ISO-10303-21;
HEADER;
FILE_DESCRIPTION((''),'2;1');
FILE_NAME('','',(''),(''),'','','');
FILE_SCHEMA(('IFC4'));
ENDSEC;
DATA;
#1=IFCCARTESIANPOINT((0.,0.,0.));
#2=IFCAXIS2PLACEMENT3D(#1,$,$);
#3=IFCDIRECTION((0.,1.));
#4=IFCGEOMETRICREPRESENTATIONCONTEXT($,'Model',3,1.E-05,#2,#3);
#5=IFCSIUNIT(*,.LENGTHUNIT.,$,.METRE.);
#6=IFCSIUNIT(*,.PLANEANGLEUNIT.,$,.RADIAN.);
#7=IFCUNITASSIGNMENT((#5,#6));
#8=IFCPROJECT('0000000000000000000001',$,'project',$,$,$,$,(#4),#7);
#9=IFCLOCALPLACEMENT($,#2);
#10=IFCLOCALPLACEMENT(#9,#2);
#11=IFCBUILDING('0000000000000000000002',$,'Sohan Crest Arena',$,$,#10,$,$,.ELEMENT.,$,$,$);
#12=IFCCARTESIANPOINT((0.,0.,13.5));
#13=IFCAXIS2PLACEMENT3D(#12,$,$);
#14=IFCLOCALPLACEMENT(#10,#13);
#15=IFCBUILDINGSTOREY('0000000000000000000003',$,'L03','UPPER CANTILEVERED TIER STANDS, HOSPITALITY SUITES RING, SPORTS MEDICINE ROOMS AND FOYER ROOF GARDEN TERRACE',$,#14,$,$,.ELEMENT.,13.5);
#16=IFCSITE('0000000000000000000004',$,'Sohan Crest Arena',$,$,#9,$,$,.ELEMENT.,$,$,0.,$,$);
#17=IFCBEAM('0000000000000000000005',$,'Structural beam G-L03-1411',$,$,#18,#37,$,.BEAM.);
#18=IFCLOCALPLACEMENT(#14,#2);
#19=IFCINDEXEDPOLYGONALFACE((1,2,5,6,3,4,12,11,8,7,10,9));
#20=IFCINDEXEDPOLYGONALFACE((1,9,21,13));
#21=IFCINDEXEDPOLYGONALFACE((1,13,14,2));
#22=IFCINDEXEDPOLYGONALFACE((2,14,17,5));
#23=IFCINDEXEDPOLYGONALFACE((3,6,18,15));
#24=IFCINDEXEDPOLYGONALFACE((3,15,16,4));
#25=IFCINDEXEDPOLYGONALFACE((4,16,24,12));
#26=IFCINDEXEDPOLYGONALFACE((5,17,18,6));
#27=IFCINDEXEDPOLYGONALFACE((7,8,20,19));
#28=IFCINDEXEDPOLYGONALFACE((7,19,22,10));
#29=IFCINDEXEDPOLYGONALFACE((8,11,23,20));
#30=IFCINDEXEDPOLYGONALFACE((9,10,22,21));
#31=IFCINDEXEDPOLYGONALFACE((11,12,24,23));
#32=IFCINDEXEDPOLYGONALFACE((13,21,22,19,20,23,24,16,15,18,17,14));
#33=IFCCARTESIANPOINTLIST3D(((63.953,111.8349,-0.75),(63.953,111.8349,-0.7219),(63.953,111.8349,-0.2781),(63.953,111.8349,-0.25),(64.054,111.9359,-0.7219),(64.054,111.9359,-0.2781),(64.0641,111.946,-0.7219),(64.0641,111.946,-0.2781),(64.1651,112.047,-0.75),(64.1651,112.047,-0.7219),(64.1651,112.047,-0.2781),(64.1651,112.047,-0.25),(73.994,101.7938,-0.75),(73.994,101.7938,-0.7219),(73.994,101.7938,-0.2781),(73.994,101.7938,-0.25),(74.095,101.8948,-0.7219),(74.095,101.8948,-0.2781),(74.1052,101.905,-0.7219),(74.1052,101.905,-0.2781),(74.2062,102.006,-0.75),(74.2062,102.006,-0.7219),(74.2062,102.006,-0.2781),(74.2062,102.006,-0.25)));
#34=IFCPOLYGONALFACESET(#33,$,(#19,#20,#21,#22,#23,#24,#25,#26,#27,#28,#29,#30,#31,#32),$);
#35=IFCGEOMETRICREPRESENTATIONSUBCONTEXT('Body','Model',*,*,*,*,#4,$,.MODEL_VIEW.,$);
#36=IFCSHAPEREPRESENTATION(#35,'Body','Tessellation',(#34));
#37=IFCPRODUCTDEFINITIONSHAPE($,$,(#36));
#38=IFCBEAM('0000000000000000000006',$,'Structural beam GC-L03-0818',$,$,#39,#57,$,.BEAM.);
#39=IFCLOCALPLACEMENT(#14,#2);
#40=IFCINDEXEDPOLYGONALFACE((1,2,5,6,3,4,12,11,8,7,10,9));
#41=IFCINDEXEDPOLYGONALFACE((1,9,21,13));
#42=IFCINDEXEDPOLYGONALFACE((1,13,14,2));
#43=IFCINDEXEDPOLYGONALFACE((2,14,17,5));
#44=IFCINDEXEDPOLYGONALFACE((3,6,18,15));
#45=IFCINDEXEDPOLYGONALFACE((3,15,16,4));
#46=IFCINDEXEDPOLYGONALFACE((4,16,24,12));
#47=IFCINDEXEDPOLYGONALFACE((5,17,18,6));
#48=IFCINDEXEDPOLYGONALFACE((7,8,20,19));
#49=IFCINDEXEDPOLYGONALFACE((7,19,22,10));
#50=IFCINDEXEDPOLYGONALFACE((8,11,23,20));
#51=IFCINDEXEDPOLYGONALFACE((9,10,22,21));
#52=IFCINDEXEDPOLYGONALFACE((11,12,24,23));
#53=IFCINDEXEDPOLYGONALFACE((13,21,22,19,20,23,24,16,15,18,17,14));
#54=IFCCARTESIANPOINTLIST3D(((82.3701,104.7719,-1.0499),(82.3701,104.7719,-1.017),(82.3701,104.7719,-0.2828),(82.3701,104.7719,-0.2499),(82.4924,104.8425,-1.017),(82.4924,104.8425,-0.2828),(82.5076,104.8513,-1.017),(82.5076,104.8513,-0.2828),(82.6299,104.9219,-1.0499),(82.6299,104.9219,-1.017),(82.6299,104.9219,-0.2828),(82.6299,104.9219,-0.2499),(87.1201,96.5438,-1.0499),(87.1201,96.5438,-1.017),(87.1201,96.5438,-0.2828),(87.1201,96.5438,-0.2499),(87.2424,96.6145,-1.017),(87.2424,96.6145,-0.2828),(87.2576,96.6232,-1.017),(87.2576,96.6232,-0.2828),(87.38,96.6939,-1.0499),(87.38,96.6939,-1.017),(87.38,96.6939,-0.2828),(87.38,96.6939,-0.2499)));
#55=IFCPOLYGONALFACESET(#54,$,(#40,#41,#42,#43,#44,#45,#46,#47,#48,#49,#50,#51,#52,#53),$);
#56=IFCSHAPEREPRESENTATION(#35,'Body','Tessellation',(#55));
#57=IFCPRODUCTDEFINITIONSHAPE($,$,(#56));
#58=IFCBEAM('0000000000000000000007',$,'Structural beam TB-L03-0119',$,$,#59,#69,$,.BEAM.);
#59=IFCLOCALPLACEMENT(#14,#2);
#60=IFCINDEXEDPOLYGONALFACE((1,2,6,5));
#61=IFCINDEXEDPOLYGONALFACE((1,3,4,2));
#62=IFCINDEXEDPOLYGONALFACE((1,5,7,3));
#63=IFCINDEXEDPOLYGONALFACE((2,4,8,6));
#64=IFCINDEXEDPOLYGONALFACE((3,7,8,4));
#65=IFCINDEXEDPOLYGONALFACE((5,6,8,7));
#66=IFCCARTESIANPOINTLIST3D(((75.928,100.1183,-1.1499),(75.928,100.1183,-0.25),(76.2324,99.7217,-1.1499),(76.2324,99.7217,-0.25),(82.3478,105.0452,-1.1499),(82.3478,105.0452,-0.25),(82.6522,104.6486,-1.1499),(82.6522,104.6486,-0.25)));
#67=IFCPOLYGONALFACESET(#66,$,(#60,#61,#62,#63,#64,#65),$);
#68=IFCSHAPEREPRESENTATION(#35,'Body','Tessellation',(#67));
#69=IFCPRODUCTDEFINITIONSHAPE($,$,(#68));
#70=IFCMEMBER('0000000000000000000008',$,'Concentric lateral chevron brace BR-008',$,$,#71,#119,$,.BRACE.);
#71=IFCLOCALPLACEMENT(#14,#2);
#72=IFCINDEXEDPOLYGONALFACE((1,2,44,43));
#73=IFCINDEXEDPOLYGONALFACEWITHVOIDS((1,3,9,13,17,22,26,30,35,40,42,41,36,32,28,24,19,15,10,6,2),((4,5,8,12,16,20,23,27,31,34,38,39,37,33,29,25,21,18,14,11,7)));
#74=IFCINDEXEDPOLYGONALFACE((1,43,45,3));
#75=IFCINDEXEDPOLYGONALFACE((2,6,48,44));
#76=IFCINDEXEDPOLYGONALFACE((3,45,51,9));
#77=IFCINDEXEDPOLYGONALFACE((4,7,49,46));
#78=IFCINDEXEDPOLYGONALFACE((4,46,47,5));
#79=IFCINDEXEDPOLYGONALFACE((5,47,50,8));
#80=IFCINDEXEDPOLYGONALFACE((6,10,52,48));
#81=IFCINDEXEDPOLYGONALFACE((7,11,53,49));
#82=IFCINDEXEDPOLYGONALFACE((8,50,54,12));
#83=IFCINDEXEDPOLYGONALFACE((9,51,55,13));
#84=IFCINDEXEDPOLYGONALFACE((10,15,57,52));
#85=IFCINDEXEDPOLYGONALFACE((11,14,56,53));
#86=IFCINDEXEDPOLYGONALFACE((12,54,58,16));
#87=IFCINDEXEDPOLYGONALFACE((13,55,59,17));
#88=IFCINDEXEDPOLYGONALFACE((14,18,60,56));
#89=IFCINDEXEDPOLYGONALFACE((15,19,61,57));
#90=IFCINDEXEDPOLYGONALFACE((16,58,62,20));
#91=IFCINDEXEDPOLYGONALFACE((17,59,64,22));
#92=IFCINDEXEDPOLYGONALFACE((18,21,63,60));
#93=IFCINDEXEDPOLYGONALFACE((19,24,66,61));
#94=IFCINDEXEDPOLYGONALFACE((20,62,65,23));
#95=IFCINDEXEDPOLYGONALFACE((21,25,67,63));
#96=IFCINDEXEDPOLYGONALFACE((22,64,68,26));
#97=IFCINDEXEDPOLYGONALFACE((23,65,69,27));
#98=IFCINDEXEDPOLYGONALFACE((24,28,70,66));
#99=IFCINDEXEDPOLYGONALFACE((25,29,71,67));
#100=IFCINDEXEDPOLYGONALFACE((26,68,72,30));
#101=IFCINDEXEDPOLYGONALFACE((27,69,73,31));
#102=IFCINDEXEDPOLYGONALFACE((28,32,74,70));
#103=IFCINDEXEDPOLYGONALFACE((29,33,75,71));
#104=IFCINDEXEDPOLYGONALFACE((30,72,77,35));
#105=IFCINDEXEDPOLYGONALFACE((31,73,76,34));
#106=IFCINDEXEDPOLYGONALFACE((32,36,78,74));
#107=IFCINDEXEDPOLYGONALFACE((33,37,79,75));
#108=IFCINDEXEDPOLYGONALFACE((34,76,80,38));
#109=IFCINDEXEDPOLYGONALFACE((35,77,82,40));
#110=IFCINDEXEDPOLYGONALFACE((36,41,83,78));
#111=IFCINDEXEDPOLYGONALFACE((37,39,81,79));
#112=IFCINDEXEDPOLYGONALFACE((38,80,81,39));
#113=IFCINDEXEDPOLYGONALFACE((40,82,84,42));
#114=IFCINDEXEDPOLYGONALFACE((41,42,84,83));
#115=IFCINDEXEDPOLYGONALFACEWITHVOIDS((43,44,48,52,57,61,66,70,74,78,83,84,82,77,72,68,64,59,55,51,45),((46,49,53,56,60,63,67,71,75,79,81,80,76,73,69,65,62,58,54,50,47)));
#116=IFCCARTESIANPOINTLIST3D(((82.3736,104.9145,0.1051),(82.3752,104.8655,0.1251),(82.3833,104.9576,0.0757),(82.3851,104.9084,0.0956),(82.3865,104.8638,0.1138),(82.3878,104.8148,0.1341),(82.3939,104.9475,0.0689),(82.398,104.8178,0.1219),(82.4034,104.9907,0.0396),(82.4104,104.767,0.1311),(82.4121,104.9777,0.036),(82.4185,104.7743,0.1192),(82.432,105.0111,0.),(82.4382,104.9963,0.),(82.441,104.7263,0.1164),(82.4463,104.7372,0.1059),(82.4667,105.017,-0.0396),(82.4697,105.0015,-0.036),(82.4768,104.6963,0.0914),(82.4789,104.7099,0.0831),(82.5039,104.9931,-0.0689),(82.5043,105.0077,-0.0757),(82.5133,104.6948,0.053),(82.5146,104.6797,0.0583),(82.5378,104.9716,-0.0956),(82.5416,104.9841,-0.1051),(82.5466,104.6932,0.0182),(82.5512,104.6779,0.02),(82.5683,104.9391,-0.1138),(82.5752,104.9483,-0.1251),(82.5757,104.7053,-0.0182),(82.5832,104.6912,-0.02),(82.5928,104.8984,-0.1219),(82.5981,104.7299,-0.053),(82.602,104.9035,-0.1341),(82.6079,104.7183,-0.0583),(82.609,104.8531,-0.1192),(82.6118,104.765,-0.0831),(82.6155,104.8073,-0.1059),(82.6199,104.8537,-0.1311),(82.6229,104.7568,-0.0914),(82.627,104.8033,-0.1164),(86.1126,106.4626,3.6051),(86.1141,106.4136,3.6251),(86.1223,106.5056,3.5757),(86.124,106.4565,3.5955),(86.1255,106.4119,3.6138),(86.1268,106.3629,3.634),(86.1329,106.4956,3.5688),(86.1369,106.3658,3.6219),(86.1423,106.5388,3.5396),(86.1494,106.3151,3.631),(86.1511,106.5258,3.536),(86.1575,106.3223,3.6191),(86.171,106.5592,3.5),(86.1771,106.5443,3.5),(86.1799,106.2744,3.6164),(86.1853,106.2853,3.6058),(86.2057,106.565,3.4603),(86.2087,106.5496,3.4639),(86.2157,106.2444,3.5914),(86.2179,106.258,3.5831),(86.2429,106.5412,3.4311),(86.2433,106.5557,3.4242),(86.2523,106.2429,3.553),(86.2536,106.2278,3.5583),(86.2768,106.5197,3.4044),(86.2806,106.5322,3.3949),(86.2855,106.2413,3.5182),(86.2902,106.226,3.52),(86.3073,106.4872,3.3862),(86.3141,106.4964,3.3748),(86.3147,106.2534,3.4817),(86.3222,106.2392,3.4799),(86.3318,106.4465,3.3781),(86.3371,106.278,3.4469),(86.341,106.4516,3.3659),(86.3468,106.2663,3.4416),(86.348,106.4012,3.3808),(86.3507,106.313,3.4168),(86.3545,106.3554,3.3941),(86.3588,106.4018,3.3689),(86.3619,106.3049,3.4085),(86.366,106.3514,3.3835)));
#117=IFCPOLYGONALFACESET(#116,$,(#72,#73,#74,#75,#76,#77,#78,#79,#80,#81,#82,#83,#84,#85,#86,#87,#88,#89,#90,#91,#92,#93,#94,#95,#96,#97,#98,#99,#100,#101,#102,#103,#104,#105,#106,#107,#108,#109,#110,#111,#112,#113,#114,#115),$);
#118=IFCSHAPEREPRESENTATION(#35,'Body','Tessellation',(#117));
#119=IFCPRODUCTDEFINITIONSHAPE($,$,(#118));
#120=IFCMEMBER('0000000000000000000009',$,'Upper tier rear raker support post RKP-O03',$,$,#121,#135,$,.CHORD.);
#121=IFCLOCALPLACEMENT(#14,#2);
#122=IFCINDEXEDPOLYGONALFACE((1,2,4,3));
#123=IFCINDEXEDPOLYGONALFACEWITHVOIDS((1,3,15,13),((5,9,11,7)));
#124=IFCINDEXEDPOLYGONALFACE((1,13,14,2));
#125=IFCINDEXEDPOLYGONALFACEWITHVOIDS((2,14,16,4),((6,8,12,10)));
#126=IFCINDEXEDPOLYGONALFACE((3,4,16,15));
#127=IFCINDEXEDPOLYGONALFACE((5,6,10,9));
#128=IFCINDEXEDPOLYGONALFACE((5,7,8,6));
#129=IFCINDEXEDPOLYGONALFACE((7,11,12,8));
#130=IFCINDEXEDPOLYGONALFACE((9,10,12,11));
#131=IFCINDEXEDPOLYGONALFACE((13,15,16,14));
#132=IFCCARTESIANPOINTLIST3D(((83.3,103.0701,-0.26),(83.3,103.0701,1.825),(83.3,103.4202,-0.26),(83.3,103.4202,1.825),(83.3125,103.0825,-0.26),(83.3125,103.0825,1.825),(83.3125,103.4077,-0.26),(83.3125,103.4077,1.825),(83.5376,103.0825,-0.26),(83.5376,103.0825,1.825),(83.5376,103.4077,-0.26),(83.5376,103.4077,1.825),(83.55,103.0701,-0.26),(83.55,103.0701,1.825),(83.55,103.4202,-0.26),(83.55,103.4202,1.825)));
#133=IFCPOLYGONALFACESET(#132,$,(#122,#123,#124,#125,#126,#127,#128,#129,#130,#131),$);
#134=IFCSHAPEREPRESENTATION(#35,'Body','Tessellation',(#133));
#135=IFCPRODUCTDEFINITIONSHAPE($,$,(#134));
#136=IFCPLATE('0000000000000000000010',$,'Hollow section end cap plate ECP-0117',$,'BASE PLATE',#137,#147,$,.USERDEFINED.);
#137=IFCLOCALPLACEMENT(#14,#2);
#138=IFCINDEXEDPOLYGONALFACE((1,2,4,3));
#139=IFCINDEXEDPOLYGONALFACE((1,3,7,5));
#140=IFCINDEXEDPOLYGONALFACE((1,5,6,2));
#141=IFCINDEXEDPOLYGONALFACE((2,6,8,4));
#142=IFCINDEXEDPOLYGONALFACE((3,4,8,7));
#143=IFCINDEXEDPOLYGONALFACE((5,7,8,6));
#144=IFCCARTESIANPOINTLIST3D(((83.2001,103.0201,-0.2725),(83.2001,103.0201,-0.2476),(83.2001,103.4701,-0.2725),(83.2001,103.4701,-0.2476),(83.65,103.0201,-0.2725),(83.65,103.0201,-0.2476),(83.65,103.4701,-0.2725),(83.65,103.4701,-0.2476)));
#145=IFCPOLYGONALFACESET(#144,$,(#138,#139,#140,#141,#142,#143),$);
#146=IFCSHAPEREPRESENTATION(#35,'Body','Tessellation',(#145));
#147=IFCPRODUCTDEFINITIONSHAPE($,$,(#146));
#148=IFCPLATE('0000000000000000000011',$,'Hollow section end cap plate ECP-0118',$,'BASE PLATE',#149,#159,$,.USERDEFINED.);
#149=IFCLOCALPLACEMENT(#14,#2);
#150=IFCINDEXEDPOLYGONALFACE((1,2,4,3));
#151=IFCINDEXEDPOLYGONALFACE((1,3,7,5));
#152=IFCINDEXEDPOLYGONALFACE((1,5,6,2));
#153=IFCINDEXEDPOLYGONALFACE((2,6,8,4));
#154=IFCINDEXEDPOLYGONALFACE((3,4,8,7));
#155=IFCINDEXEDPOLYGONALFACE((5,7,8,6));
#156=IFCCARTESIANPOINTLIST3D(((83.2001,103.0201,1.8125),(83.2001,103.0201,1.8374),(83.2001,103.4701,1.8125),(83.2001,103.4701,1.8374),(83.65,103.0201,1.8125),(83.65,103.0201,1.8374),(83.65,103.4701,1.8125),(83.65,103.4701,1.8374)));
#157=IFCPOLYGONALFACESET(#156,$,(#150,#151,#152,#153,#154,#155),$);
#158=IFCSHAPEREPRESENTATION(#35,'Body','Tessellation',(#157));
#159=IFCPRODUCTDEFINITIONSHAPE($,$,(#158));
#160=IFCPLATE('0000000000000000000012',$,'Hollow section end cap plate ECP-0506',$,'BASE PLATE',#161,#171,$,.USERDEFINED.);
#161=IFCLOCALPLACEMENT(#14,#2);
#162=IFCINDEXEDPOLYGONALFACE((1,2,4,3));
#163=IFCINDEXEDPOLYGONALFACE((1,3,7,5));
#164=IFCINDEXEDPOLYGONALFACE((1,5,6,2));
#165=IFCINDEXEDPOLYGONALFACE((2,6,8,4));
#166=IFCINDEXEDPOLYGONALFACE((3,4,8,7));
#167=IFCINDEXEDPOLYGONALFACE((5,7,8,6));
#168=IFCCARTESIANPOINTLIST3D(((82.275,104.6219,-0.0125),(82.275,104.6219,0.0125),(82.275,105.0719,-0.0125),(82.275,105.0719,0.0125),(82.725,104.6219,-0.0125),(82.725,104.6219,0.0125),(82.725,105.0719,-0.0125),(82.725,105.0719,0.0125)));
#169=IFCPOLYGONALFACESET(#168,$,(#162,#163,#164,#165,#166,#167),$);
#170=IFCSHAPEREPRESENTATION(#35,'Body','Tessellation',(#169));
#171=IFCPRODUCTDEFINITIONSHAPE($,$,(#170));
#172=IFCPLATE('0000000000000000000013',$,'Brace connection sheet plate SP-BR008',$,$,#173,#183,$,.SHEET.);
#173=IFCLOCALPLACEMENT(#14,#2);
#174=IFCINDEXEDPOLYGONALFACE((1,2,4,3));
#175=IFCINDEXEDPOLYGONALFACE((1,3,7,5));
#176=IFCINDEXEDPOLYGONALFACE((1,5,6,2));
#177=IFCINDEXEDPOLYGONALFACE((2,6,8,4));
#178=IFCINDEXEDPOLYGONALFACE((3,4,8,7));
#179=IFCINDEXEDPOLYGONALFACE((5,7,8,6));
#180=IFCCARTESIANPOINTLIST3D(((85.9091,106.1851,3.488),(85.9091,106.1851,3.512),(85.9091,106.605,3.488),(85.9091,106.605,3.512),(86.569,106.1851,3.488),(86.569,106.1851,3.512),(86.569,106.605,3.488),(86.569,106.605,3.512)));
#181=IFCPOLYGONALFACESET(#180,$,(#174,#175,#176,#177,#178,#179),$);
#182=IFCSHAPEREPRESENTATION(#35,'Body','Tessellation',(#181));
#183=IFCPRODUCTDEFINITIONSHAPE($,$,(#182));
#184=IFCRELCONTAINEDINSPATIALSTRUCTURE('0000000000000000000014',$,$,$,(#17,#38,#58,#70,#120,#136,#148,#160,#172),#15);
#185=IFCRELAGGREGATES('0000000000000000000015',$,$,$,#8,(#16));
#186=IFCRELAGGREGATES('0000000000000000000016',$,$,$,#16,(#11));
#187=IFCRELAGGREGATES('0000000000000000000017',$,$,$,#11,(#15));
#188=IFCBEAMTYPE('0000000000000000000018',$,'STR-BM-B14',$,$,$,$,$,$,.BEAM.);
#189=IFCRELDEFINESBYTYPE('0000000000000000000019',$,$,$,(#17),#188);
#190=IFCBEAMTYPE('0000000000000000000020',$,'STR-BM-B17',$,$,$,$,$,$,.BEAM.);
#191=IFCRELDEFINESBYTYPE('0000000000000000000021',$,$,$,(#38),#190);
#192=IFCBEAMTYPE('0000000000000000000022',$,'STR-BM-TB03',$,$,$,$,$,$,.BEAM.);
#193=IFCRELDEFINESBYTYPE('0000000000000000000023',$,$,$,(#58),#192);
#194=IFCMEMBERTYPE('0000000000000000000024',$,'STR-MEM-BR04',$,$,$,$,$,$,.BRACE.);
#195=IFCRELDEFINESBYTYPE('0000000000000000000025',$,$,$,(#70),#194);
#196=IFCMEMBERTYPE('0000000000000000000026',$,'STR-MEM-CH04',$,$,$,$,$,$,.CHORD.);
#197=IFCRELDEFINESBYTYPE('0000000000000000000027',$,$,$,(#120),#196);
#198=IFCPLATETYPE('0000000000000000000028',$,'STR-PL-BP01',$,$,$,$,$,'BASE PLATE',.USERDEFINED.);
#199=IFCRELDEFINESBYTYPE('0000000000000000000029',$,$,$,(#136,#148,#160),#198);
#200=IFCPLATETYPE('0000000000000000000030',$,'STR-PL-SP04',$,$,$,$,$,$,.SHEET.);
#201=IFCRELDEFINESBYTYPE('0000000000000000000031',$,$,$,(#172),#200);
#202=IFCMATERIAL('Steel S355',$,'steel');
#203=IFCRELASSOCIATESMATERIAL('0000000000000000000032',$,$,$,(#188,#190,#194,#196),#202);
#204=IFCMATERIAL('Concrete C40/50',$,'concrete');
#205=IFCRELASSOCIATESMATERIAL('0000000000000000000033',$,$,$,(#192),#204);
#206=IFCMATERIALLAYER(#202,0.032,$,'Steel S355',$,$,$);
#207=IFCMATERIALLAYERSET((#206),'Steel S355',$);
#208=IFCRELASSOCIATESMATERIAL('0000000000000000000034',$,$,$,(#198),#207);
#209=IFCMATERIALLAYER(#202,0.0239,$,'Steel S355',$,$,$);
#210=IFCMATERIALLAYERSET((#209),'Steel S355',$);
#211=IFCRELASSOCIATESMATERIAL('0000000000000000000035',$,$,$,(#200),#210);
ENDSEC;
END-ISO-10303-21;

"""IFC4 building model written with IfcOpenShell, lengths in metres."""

from ifc_helpers import new_model, si_unit, direction, frame, origin, origin_2d, place, context, subcontext, project, spatial, rectangle, hollow_rectangle, hollow_circle, i_section, extrude, material, layer, layer_set, material_profile, profile_set, type_object, element, save


model = new_model("IFC4")

# Units and contexts
model_context = context("Model", 3, precision=1e-05, world=origin(), true_north=direction((0.0, 1.0)))
body_context = subcontext(model_context, "Body", "Model", "MODEL_VIEW")
ifc_project = project(units=[si_unit("LENGTHUNIT", "METRE"), si_unit("PLANEANGLEUNIT", "RADIAN")], contexts=[model_context])

# Site, building, storey
site_placement = place(None, origin())
site = spatial("IfcSite", under=ifc_project, at=site_placement, Name="Sohan Crest Arena", CompositionType="ELEMENT", RefElevation=0.0)
building_placement = place(site_placement, origin())
building = spatial("IfcBuilding", under=site, at=building_placement, Name="Sohan Crest Arena", CompositionType="ELEMENT")
storey_placement = place(building_placement, frame((0.0, 0.0, 13.5)))
storey = spatial("IfcBuildingStorey", under=building, at=storey_placement, Name="L03", Description="UPPER CANTILEVERED TIER STANDS, HOSPITALITY SUITES RING, SPORTS MEDICINE ROOMS AND FOYER ROOF GARDEN TERRACE", CompositionType="ELEMENT", Elevation=13.5)

# Shared definitions
ifc_material_1 = material(Name="Concrete C40/50", Category="concrete")
ifc_material_2 = material(Name="Steel S355", Category="steel")

# Beams
ifc_material_profile_1 = material_profile(ifc_material_2, i_section(OverallWidth=0.3, OverallDepth=0.5, WebThickness=0.0144, FlangeThickness=0.0281, at=origin_2d()), Name="HEB 500")
ifc_profile_set_1 = profile_set([ifc_material_profile_1], Name="Steel S355")
beam_type_1 = type_object("IfcBeamType", Name="STR-BM-B14", PredefinedType="BEAM", material=ifc_profile_set_1)
beam_1_placement = place(storey_placement, frame((74.1001, 101.8999, -0.5), z_axis=(-0.707107, 0.707107, 0.0), x_axis=(-0.707107, -0.707107, 0.0)))
element("IfcBeam", 1, at=beam_1_placement, inside=storey, type_object=beam_type_1, Name="Structural beam G-L03-1411", PredefinedType="BEAM", context=body_context, shape_type="SweptSolid", body=[
    extrude(i_section(OverallWidth=0.3, OverallDepth=0.5, WebThickness=0.0144, FlangeThickness=0.0281, at=origin_2d()), origin(), (0.0, 0.0, 1.0), 14.2002),
])
ifc_material_profile_2 = material_profile(ifc_material_2, i_section(OverallWidth=0.3, OverallDepth=0.8, WebThickness=0.0176, FlangeThickness=0.033, at=origin_2d()), Name="HEB 800")
ifc_profile_set_2 = profile_set([ifc_material_profile_2], Name="Steel S355")
beam_type_2 = type_object("IfcBeamType", Name="STR-BM-B17", PredefinedType="BEAM", material=ifc_profile_set_2)
beam_2_placement = place(storey_placement, frame((82.5, 104.8469, -0.6499), z_axis=(0.499964, -0.866046, 0.0), x_axis=(0.866046, 0.499964, 0.0)))
element("IfcBeam", 2, at=beam_2_placement, inside=storey, type_object=beam_type_2, Name="Structural beam GC-L03-0818", PredefinedType="BEAM", context=body_context, shape_type="SweptSolid", body=[
    extrude(i_section(OverallWidth=0.3, OverallDepth=0.8, WebThickness=0.0176, FlangeThickness=0.033, at=origin_2d()), origin(), (0.0, 0.0, 1.0), 9.5007),
])
ifc_material_profile_3 = material_profile(ifc_material_1, rectangle(XDim=0.5, YDim=0.8999, at=origin_2d()), Name="RC-BM 500x900")
ifc_profile_set_3 = profile_set([ifc_material_profile_3], Name="Concrete C40/50")
beam_type_3 = type_object("IfcBeamType", Name="STR-BM-TB03", PredefinedType="BEAM", material=ifc_profile_set_3)
beam_3_placement = place(storey_placement, frame((82.5, 104.8469, -0.7), z_axis=(-0.793304, -0.608825, 0.0), x_axis=(0.608825, -0.793304, 0.0)))
element("IfcBeam", 3, at=beam_3_placement, inside=storey, type_object=beam_type_3, Name="Structural beam TB-L03-0119", PredefinedType="BEAM", context=body_context, shape_type="SweptSolid", body=[
    extrude(rectangle(XDim=0.5, YDim=0.8999, at=origin_2d()), origin(), (0.0, 0.0, 1.0), 8.0925),
])

# Members
ifc_material_profile_4 = material_profile(ifc_material_2, hollow_circle(Radius=0.1777, WallThickness=0.0161, at=origin_2d()), Name="CHS 355.6x16")
ifc_profile_set_4 = profile_set([ifc_material_profile_4], Name="Steel S355")
member_type_1 = type_object("IfcMemberType", Name="STR-MEM-BR04", PredefinedType="BRACE", material=ifc_profile_set_4)
member_1_placement = place(storey_placement, frame((82.5, 104.8469, 0.0), z_axis=(0.698828, 0.289342, 0.654156), x_axis=(-0.382545, 0.923937, 0.0)))
element("IfcMember", 4, at=member_1_placement, inside=storey, type_object=member_type_1, Name="Concentric lateral chevron brace BR-008", PredefinedType="BRACE", context=body_context, shape_type="SweptSolid", body=[
    extrude(hollow_circle(Radius=0.1777, WallThickness=0.0161, at=origin_2d()), origin(), (0.0, 0.0, 1.0), 5.3503),
])
ifc_material_profile_5 = material_profile(ifc_material_2, hollow_rectangle(XDim=0.25, YDim=0.3501, WallThickness=0.0125, at=origin_2d()), Name="RHS 350x250x12.5")
ifc_profile_set_5 = profile_set([ifc_material_profile_5], Name="Steel S355")
member_type_2 = type_object("IfcMemberType", Name="STR-MEM-CH04", PredefinedType="CHORD", material=ifc_profile_set_5)
member_2_placement = place(storey_placement, frame((83.425, 103.2451, -0.26), z_axis=(0.0, 0.0, 1.0), x_axis=(1.0, 0.0, 0.0)))
element("IfcMember", 5, at=member_2_placement, inside=storey, type_object=member_type_2, Name="Upper tier rear raker support post RKP-O03", PredefinedType="CHORD", context=body_context, shape_type="SweptSolid", body=[
    extrude(hollow_rectangle(XDim=0.25, YDim=0.3501, WallThickness=0.0125, at=origin_2d()), origin(), (0.0, 0.0, 1.0), 2.085),
])

# Plates
ifc_layer_1 = layer(ifc_material_2, 0.032, Name="Steel S355")
ifc_layer_set_1 = layer_set([ifc_layer_1], Name="Steel S355")
plate_type_1 = type_object("IfcPlateType", Name="STR-PL-BP01", ElementType="BASE PLATE", PredefinedType="USERDEFINED", material=ifc_layer_set_1)
for number, where, z_axis, x_axis, name in (
    (6, (83.425, 103.2451, -0.2725), (0.0, 0.0, 1.0), (1.0, 0.0, 0.0), "Hollow section end cap plate ECP-0117"),
    (7, (83.425, 103.2451, 1.8125), (0.0, 0.0, 1.0), (1.0, 0.0, 0.0), "Hollow section end cap plate ECP-0118"),
    (8, (82.5, 104.8469, -0.0125), (0.0, 0.0, 1.0), (1.0, 0.0, 0.0), "Hollow section end cap plate ECP-0506"),
):
    element("IfcPlate", number, at=place(storey_placement, frame(where, z_axis=z_axis, x_axis=x_axis)), inside=storey, type_object=plate_type_1, Name=name, ObjectType="BASE PLATE", PredefinedType="USERDEFINED", context=body_context, shape_type="SweptSolid", body=[
        extrude(rectangle(XDim=0.45, YDim=0.45, at=origin_2d()), origin(), (0.0, 0.0, 1.0), 0.0249),
    ])
ifc_layer_2 = layer(ifc_material_2, 0.0239, Name="Steel S355")
ifc_layer_set_2 = layer_set([ifc_layer_2], Name="Steel S355")
plate_type_2 = type_object("IfcPlateType", Name="STR-PL-SP04", PredefinedType="SHEET", material=ifc_layer_set_2)
plate_placement = place(storey_placement, frame((86.239, 106.395, 3.488), z_axis=(0.0, 0.0, 1.0), x_axis=(1.0, 0.0, 0.0)))
element("IfcPlate", 9, at=plate_placement, inside=storey, type_object=plate_type_2, Name="Brace connection sheet plate SP-BR008", PredefinedType="SHEET", context=body_context, shape_type="SweptSolid", body=[
    extrude(rectangle(XDim=0.6599, YDim=0.4199, at=origin_2d()), origin(), (0.0, 0.0, 1.0), 0.0239),
])

save(model, "model.ifc")
